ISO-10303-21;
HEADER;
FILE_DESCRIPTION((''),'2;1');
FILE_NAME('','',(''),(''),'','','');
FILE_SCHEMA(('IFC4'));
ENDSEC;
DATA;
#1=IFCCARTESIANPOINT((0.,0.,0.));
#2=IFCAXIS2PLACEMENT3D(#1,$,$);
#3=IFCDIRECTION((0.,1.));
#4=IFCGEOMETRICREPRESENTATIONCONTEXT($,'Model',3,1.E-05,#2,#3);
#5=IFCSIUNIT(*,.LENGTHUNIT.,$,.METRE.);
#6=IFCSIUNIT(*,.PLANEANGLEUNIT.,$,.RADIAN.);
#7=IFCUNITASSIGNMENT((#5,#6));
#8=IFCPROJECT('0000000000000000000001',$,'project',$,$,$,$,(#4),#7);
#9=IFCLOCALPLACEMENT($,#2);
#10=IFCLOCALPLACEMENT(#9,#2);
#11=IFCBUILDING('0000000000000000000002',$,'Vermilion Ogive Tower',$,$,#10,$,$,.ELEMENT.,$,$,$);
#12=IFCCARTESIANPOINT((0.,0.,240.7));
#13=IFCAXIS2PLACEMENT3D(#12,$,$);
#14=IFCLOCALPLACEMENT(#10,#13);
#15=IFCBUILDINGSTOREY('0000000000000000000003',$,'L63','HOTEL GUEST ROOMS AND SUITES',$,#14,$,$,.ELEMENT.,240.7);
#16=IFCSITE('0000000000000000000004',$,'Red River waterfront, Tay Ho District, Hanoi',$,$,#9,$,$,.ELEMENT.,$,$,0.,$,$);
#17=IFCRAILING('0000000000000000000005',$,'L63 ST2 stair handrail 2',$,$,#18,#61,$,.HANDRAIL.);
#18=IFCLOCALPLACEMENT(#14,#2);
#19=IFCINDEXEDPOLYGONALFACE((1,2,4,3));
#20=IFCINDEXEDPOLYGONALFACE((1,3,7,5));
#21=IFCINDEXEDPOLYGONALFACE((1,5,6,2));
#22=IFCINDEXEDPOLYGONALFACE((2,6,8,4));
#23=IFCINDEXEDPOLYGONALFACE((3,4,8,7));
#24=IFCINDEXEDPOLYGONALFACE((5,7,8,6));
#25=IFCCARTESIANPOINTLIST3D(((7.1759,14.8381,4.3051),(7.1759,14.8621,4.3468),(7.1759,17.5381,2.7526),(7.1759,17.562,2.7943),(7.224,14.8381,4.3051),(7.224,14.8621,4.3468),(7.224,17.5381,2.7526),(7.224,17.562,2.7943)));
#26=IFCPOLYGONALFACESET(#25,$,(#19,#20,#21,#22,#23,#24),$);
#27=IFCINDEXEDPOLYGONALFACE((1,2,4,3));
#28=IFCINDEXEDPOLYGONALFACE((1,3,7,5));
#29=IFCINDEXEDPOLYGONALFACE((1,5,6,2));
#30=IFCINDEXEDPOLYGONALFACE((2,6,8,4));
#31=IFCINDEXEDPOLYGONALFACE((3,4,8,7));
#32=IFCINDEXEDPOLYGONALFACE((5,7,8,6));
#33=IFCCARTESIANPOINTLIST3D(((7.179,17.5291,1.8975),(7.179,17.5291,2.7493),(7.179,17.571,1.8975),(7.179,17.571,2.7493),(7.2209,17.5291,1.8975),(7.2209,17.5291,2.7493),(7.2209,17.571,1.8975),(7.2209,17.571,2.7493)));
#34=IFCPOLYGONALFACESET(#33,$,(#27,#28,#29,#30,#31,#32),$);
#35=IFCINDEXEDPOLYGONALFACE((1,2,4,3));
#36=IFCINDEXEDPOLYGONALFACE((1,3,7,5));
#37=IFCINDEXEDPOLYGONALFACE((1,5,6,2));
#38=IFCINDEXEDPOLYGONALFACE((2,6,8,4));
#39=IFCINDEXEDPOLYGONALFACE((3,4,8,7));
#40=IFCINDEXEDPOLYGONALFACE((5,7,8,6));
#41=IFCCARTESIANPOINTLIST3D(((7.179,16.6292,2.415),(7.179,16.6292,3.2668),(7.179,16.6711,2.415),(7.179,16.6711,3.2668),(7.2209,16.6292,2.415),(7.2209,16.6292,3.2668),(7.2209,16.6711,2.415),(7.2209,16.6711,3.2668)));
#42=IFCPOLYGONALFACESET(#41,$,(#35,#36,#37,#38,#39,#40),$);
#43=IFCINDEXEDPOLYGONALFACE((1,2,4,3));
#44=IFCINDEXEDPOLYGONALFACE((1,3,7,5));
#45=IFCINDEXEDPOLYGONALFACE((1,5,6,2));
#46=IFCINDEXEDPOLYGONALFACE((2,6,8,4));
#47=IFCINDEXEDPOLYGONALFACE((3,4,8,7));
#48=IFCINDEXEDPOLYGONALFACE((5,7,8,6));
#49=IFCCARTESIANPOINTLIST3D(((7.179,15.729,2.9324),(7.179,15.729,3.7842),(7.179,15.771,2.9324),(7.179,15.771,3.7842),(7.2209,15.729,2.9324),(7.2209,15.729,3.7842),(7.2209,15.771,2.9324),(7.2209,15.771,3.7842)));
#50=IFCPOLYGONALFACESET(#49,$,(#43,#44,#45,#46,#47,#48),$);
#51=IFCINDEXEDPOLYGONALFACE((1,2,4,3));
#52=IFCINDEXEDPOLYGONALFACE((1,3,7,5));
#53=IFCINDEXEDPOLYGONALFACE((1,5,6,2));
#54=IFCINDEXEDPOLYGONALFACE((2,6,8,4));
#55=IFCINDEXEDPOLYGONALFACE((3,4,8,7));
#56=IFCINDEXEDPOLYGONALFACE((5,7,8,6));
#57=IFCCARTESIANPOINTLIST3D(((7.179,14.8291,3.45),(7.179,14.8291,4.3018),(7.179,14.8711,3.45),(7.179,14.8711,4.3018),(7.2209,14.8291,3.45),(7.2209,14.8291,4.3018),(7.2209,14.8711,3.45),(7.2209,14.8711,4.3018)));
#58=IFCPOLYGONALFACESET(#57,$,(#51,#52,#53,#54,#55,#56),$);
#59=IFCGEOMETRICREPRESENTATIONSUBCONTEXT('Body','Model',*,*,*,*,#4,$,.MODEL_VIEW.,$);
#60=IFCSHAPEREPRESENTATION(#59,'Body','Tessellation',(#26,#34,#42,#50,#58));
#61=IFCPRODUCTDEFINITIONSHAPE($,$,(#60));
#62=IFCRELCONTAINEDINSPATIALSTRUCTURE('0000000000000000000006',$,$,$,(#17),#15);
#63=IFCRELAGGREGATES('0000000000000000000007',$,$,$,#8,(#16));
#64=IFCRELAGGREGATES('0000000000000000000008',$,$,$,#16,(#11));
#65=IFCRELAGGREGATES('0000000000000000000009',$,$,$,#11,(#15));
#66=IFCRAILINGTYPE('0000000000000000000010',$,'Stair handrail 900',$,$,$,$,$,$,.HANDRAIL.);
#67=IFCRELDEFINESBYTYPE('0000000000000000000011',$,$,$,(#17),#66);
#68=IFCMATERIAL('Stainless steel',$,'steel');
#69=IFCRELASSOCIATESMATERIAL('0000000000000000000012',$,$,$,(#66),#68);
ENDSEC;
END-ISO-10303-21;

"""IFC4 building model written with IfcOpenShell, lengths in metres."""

from ifc_helpers import new_model, si_unit, direction, frame, origin, origin_2d, place, context, subcontext, project, spatial, rectangle, extrude, material, type_object, element, save


model = new_model("IFC4")

# Units and contexts
model_context = context("Model", 3, precision=1e-05, world=origin(), true_north=direction((0.0, 1.0)))
body_context = subcontext(model_context, "Body", "Model", "MODEL_VIEW")
ifc_project = project(units=[si_unit("LENGTHUNIT", "METRE"), si_unit("PLANEANGLEUNIT", "RADIAN")], contexts=[model_context])

# Site, building, storey
site_placement = place(None, origin())
site = spatial("IfcSite", under=ifc_project, at=site_placement, Name="Red River waterfront, Tay Ho District, Hanoi", CompositionType="ELEMENT", RefElevation=0.0)
building_placement = place(site_placement, origin())
building = spatial("IfcBuilding", under=site, at=building_placement, Name="Vermilion Ogive Tower", CompositionType="ELEMENT")
storey_placement = place(building_placement, frame((0.0, 0.0, 240.7)))
storey = spatial("IfcBuildingStorey", under=building, at=storey_placement, Name="L63", Description="HOTEL GUEST ROOMS AND SUITES", CompositionType="ELEMENT", Elevation=240.7)

# Railing
ifc_material_1 = material(Name="Stainless steel", Category="steel")
railing_type_1 = type_object("IfcRailingType", Name="Stair handrail 900", PredefinedType="HANDRAIL", material=ifc_material_1)
railing_1_placement = place(storey_placement, frame((7.2, 17.55, 1.8975)))
element("IfcRailing", 1, at=railing_1_placement, inside=storey, type_object=railing_type_1, Name="L63 ST2 stair handrail 2", PredefinedType="HANDRAIL", context=body_context, shape_type="SweptSolid", body=[
    extrude(rectangle(XDim=0.0481, YDim=0.0481, at=origin_2d()), frame((0.0, 0.0, 0.876), z_axis=(0.0, -0.866904, 0.498476), x_axis=(1.0, 0.0, 0.0)), (0.0, 0.0, 1.0), 3.1145),
    extrude(rectangle(XDim=0.042, YDim=0.042, at=origin_2d()), origin(), (0.0, 0.0, 1.0), 0.8518),
    extrude(rectangle(XDim=0.042, YDim=0.042, at=origin_2d()), frame((0.0, -0.8999, 0.5176)), (0.0, 0.0, 1.0), 0.8518),
    extrude(rectangle(XDim=0.042, YDim=0.042, at=origin_2d()), frame((0.0, -1.8, 1.0349)), (0.0, 0.0, 1.0), 0.8518),
    extrude(rectangle(XDim=0.042, YDim=0.042, at=origin_2d()), frame((0.0, -2.7, 1.5525)), (0.0, 0.0, 1.0), 0.8518),
])

save(model, "model.ifc")
